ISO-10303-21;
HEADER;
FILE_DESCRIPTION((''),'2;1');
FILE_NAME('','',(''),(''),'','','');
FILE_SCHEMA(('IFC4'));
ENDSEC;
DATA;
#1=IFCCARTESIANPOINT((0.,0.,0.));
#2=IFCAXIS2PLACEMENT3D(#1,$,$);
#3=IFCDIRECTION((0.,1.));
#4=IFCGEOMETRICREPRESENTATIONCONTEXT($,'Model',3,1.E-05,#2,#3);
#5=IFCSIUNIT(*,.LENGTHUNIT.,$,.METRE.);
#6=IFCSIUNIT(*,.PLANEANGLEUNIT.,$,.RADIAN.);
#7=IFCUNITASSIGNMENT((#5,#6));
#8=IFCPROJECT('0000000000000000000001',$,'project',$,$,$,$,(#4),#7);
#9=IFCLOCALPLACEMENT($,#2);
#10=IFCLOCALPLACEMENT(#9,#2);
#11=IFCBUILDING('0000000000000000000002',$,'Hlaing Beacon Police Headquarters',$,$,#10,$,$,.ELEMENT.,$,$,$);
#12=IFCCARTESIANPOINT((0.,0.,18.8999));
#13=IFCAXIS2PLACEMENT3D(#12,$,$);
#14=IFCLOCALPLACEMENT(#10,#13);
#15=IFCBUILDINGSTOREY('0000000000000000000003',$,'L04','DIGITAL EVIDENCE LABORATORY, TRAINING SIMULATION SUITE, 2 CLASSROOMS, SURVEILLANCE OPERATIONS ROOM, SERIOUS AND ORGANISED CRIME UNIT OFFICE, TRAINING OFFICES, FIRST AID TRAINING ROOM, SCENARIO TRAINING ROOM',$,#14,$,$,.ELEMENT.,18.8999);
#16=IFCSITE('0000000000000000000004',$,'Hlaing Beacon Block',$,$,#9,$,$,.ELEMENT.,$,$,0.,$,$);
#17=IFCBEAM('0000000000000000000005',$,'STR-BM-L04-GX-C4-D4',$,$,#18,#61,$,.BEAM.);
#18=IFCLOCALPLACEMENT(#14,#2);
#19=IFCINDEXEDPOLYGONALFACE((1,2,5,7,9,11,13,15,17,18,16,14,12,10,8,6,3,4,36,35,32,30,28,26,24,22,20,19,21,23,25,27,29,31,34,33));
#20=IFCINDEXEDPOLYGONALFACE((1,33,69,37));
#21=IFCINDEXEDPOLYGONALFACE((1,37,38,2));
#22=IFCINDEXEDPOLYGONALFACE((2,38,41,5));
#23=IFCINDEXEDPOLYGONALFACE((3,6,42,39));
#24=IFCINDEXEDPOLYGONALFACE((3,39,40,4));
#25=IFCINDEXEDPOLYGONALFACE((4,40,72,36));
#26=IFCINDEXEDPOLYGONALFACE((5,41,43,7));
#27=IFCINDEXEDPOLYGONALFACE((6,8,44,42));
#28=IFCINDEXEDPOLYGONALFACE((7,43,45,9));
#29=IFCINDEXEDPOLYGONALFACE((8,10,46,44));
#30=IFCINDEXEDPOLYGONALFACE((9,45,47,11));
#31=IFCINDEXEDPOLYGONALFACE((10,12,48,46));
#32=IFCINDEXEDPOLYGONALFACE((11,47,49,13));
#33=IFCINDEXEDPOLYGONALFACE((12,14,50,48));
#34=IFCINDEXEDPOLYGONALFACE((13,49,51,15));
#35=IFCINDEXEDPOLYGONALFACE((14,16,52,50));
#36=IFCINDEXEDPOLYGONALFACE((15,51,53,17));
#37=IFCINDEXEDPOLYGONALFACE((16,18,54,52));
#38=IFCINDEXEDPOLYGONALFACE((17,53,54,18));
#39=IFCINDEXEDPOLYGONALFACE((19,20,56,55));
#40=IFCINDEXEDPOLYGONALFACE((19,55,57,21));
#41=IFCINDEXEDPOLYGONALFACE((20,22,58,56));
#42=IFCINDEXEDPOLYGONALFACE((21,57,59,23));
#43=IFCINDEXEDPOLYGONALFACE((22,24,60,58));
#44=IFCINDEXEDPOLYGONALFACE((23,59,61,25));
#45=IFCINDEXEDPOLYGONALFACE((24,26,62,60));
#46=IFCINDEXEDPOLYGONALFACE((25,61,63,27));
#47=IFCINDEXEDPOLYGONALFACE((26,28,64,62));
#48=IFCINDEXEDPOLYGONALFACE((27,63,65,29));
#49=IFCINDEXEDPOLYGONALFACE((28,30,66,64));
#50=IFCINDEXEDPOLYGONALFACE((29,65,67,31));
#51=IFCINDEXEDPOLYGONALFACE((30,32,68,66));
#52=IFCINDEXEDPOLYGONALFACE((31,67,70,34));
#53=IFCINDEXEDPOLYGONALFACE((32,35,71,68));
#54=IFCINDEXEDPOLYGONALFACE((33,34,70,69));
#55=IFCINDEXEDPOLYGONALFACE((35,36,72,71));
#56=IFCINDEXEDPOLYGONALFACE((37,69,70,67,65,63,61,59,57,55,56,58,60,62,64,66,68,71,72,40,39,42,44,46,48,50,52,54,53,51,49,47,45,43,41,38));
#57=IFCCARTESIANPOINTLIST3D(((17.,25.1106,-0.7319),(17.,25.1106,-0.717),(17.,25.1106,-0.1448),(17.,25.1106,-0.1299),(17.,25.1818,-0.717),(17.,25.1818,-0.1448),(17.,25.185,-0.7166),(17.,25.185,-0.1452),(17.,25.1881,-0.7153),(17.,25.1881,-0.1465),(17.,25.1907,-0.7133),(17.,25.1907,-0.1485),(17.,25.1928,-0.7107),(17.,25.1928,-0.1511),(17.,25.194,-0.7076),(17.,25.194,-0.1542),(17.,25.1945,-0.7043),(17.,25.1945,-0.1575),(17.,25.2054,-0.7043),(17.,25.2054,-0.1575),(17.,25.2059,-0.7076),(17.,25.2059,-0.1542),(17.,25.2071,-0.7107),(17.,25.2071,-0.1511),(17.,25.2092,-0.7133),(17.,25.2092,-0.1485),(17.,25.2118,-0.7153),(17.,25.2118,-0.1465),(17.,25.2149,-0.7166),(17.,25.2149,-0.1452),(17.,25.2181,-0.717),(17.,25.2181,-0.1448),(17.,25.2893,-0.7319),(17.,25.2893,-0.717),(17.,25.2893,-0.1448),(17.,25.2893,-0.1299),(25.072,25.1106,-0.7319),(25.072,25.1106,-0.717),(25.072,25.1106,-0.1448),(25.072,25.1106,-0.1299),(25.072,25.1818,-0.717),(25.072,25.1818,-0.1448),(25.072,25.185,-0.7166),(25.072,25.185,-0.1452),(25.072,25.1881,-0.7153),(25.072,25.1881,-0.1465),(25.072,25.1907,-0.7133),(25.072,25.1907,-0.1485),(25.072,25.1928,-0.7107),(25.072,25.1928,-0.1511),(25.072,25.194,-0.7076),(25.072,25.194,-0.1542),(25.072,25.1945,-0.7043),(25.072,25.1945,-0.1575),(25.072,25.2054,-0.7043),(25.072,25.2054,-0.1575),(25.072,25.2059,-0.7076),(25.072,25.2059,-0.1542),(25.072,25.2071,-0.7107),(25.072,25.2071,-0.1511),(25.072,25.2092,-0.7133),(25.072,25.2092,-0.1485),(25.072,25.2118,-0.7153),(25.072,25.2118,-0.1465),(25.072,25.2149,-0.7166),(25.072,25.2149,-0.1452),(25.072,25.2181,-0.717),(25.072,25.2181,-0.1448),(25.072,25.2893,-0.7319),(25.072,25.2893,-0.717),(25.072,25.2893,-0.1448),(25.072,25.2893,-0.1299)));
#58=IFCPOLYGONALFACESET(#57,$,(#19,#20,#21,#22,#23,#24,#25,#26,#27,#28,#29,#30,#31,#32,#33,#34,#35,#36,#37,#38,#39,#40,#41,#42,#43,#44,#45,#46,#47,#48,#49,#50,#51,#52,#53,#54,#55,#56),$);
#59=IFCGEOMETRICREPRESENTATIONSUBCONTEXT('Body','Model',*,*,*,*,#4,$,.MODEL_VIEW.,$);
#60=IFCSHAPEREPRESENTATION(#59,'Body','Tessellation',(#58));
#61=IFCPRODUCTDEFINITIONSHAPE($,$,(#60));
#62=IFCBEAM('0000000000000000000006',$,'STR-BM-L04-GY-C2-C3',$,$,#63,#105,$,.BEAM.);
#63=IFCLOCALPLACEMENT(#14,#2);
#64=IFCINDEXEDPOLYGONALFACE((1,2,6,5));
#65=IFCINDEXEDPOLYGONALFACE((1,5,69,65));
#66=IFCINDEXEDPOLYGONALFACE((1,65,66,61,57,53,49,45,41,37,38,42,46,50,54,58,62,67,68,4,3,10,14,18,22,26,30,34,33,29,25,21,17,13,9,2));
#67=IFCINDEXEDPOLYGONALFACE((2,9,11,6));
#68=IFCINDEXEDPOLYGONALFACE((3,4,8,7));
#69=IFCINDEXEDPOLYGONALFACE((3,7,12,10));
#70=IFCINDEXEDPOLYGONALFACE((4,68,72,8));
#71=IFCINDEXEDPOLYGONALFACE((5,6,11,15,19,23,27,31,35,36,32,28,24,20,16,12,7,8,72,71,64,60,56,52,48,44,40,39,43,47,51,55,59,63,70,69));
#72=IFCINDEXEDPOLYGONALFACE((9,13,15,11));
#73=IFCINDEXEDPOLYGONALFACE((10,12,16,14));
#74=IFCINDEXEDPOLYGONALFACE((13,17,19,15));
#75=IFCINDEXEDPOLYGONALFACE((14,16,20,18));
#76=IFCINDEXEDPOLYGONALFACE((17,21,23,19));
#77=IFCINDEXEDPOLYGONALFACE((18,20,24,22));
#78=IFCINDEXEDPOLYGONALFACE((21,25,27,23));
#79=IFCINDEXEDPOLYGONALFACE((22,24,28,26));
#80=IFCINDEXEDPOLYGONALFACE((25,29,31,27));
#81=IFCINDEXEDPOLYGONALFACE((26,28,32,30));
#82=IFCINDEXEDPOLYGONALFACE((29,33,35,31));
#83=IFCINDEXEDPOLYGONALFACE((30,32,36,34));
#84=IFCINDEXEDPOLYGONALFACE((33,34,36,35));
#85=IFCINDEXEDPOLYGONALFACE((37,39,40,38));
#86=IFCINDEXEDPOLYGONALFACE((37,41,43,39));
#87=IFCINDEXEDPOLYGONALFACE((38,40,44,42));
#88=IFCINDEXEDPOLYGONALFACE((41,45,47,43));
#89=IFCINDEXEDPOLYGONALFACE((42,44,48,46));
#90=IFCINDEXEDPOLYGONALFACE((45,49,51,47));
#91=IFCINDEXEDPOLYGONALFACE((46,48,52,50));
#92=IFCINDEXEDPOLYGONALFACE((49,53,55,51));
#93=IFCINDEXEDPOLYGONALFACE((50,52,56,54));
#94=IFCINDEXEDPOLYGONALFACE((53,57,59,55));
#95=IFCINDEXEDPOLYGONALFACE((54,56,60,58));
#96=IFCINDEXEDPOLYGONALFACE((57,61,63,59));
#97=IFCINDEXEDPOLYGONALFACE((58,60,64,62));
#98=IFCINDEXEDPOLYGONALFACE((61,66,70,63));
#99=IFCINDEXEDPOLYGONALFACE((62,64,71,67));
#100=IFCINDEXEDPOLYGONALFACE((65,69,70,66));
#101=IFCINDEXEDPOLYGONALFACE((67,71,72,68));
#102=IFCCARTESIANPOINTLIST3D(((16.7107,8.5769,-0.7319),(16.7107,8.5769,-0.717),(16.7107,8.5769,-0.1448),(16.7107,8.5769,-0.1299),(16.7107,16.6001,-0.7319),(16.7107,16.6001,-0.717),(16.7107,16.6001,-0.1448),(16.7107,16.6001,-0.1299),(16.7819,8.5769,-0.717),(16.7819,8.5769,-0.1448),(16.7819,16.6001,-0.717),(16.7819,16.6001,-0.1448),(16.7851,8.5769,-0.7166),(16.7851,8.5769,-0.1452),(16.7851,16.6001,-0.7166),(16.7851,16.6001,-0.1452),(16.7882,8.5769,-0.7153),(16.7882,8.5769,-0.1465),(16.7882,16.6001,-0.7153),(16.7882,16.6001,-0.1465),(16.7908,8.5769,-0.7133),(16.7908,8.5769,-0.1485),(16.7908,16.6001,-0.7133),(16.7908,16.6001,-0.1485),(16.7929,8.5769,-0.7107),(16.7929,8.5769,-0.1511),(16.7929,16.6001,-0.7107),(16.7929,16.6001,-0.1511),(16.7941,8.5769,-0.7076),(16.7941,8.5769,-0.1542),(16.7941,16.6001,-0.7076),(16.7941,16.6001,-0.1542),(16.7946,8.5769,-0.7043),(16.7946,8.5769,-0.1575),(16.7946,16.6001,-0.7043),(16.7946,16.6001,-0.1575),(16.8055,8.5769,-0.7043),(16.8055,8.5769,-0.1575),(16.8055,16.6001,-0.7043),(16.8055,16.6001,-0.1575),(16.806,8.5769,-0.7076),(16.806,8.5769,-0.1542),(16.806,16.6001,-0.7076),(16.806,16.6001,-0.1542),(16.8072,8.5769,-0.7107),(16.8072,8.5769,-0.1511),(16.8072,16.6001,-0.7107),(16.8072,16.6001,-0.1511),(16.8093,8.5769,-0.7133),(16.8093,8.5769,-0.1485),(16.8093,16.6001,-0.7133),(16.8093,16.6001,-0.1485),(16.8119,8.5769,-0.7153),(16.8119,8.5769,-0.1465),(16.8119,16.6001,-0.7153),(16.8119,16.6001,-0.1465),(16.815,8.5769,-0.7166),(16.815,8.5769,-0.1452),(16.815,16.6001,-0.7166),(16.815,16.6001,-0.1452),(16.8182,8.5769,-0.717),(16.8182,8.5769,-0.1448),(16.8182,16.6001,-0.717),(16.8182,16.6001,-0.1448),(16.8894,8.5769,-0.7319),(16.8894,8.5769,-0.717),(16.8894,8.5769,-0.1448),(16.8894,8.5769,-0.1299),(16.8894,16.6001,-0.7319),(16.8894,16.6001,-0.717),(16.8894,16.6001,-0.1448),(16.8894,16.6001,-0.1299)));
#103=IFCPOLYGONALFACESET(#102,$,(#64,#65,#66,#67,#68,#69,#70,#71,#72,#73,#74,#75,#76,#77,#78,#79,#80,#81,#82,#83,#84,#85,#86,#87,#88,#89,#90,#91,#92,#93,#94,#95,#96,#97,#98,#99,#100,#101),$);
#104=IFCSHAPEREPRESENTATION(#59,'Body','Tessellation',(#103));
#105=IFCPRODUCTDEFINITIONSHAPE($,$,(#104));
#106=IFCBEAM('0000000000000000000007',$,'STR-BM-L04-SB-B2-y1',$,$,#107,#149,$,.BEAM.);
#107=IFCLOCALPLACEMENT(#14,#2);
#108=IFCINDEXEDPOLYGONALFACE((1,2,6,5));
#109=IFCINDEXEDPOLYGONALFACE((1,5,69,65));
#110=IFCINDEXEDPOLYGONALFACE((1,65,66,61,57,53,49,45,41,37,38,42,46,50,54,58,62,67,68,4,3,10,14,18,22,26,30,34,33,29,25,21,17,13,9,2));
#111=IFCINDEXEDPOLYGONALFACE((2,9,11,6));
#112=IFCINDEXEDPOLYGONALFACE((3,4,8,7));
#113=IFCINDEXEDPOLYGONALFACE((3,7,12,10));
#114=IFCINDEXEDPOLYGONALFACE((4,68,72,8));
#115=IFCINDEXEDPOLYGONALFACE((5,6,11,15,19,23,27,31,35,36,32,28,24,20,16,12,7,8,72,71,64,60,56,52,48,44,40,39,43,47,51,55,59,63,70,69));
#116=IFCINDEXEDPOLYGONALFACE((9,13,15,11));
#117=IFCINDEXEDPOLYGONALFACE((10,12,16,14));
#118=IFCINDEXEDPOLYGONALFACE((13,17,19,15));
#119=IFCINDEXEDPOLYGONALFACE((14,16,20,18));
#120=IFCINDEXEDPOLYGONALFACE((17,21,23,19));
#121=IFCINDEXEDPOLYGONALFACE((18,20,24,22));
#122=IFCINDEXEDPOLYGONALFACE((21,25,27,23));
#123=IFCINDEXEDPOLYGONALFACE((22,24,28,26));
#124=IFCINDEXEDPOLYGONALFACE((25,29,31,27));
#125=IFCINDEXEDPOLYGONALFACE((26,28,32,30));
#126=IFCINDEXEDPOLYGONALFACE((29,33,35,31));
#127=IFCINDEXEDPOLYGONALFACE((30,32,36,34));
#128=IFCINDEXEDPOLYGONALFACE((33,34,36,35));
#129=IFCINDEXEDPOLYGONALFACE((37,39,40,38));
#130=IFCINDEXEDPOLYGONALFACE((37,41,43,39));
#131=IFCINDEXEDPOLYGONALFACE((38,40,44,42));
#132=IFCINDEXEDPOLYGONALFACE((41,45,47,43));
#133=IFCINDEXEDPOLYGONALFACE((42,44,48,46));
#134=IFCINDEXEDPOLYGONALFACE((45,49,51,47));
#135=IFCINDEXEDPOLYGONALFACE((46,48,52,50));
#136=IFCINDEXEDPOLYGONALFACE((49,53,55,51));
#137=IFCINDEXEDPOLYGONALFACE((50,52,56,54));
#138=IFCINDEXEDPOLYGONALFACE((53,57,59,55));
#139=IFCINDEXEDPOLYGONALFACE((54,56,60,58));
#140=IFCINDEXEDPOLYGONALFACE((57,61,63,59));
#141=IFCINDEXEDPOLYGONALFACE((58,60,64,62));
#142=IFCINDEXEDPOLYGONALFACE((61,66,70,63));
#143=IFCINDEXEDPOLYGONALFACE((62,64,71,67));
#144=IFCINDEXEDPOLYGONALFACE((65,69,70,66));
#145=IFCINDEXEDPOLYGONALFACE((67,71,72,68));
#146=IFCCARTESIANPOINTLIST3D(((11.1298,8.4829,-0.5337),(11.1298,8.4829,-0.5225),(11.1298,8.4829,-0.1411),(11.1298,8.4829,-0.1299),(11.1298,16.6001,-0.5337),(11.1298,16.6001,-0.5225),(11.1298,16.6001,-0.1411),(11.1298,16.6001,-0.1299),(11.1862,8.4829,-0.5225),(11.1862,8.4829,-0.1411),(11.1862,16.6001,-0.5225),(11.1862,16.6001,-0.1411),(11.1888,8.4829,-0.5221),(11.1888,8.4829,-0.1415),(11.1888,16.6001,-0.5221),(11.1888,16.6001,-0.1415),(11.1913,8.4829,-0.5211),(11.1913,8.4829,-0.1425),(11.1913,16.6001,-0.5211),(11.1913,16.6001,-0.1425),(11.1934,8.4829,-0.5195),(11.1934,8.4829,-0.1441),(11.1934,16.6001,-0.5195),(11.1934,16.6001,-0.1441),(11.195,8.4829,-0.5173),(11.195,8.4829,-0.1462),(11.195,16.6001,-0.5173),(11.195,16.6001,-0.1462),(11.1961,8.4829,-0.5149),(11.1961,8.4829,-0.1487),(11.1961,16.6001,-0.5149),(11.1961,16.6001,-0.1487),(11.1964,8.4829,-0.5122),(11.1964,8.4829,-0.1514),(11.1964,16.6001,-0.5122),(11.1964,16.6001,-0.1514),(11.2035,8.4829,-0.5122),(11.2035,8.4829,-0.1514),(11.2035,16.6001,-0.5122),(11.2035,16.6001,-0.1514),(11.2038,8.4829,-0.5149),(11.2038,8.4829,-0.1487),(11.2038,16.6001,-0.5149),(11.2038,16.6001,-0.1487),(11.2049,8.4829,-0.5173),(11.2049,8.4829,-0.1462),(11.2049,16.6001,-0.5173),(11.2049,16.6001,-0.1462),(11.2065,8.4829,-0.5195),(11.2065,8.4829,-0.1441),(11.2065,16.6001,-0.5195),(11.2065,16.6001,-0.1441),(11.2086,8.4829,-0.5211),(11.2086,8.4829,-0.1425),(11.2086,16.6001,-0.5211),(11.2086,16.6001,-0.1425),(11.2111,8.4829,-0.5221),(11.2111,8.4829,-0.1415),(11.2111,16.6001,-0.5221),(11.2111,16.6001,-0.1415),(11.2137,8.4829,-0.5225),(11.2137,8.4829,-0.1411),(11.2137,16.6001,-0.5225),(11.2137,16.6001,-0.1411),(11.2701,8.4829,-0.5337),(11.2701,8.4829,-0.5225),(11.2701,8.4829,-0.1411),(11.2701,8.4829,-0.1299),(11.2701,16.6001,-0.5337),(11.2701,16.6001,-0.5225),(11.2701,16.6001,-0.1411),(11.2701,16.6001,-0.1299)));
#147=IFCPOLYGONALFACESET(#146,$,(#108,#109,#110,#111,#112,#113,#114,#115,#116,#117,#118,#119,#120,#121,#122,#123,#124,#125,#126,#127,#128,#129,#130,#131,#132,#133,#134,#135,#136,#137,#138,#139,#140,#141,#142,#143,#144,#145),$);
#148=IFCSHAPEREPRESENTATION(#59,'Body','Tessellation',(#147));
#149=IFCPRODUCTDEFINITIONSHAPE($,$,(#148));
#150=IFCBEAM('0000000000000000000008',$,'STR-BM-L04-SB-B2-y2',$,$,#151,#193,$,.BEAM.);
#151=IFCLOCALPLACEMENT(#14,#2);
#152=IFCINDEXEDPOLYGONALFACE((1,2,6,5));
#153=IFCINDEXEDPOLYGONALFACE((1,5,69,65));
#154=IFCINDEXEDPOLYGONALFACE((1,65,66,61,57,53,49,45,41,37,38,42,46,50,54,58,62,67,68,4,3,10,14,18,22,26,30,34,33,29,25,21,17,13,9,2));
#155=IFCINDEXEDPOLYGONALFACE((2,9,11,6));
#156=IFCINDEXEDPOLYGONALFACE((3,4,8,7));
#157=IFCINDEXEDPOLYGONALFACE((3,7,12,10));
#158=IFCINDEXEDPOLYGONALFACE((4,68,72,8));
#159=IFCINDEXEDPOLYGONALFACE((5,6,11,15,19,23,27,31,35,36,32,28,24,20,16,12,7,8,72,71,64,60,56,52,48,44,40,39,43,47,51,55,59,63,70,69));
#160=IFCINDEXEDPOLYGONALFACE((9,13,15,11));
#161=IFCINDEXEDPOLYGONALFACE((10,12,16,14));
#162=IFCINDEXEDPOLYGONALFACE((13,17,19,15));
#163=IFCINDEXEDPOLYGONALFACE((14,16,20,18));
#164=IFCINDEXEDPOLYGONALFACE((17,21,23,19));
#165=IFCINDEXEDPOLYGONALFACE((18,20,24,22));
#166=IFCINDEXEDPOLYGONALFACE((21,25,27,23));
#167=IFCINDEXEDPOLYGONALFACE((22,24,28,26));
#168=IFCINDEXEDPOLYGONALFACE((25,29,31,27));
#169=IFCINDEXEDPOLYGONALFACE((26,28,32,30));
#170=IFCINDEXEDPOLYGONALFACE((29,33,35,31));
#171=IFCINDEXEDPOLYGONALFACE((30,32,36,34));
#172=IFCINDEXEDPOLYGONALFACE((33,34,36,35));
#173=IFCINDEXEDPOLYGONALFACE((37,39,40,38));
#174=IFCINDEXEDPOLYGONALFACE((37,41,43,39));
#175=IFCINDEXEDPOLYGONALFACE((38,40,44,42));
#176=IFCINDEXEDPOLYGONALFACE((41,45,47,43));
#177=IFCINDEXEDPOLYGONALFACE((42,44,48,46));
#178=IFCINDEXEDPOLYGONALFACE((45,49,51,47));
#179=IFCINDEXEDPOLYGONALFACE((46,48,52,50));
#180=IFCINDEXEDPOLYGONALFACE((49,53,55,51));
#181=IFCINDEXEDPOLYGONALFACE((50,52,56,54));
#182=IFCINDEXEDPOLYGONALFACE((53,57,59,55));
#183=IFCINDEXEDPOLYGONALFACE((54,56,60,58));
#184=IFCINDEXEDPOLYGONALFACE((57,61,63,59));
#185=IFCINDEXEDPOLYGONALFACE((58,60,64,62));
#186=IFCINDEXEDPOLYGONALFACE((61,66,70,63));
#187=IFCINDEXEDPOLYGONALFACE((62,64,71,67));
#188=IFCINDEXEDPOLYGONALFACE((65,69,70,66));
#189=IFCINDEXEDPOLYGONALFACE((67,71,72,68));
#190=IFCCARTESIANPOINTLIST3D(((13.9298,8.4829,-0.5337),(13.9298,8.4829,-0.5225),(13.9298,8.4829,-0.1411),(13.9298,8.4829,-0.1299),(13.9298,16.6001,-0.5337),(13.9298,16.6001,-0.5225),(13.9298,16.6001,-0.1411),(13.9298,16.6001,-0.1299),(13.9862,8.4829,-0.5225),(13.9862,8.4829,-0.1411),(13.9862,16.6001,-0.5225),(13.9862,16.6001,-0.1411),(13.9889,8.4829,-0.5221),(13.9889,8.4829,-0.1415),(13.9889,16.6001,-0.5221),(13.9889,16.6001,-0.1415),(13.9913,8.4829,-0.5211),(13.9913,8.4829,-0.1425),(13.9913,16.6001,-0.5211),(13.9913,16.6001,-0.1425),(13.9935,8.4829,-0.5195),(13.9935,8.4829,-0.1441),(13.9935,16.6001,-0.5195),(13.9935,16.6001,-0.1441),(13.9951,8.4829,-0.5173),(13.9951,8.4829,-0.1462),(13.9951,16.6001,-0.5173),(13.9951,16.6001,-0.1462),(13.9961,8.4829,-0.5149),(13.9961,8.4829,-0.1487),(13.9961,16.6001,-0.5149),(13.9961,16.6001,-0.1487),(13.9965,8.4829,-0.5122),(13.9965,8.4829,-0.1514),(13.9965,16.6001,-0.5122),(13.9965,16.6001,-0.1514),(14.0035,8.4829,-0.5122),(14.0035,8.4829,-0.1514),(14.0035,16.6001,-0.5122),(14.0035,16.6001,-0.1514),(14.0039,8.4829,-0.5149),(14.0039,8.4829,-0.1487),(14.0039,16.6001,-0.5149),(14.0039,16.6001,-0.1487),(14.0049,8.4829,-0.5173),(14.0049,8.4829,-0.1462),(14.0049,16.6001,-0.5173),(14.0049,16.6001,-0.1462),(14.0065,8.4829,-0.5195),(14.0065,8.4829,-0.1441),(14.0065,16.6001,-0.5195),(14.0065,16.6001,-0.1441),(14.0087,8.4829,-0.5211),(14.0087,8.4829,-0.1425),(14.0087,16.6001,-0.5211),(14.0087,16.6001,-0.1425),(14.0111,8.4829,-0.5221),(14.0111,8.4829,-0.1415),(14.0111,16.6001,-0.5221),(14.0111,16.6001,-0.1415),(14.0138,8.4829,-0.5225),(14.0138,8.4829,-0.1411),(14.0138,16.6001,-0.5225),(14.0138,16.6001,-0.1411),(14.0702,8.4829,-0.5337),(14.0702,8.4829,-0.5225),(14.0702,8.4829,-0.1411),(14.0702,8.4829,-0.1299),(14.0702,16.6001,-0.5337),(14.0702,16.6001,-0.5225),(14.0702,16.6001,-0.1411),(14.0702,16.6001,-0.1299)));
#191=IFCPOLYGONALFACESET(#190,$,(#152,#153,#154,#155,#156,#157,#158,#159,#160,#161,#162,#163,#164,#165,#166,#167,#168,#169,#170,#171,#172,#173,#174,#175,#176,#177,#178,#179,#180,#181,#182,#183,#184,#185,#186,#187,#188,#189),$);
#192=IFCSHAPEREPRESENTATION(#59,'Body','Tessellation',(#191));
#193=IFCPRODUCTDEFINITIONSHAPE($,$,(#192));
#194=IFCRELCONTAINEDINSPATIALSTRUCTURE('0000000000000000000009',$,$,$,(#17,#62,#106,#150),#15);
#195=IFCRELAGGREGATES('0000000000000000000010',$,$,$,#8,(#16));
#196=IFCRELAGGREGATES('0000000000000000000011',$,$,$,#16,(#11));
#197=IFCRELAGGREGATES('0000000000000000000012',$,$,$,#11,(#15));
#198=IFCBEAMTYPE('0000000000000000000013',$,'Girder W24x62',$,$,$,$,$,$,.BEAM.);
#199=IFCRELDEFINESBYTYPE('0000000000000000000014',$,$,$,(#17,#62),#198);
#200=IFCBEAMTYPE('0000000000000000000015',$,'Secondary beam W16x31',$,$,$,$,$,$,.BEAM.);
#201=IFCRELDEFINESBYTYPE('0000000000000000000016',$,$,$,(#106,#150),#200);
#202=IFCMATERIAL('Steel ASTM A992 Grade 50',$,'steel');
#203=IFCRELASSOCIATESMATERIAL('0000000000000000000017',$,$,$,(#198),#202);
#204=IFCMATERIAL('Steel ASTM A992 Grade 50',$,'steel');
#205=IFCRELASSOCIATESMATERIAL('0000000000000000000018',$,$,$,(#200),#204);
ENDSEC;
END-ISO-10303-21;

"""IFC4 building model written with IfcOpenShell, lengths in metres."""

from ifc_helpers import new_model, si_unit, direction, frame, origin, origin_2d, place, context, subcontext, project, spatial, i_section, extrude, material, material_profile, profile_set, type_object, element, save


model = new_model("IFC4")

# Units and contexts
model_context = context("Model", 3, precision=1e-05, world=origin(), true_north=direction((0.0, 1.0)))
body_context = subcontext(model_context, "Body", "Model", "MODEL_VIEW")
ifc_project = project(units=[si_unit("LENGTHUNIT", "METRE"), si_unit("PLANEANGLEUNIT", "RADIAN")], contexts=[model_context])

# Site, building, storey
site_placement = place(None, origin())
site = spatial("IfcSite", under=ifc_project, at=site_placement, Name="Hlaing Beacon Block", CompositionType="ELEMENT", RefElevation=0.0)
building_placement = place(site_placement, origin())
building = spatial("IfcBuilding", under=site, at=building_placement, Name="Hlaing Beacon Police Headquarters", CompositionType="ELEMENT")
storey_placement = place(building_placement, frame((0.0, 0.0, 18.8999)))
storey = spatial("IfcBuildingStorey", under=building, at=storey_placement, Name="L04", Description="DIGITAL EVIDENCE LABORATORY, TRAINING SIMULATION SUITE, 2 CLASSROOMS, SURVEILLANCE OPERATIONS ROOM, SERIOUS AND ORGANISED CRIME UNIT OFFICE, TRAINING OFFICES, FIRST AID TRAINING ROOM, SCENARIO TRAINING ROOM", CompositionType="ELEMENT", Elevation=18.8999)

# Beams
ifc_material_1 = material(Name="Steel ASTM A992 Grade 50", Category="steel")
ifc_material_profile_1 = material_profile(ifc_material_1, i_section(OverallWidth=0.1787, OverallDepth=0.6021, WebThickness=0.011, FlangeThickness=0.0149, FilletRadius=0.0127, at=origin_2d()), Name="W24x62")
ifc_profile_set_1 = profile_set([ifc_material_profile_1], Name="Steel ASTM A992 Grade 50")
beam_type_1 = type_object("IfcBeamType", Name="Girder W24x62", PredefinedType="BEAM", material=ifc_profile_set_1)
for number, where, z_axis, x_axis, name in (
    (1, (17.0, 25.2, -0.4309), (1.0, 0.0, 0.0), (0.0, 1.0, 0.0), "STR-BM-L04-GX-C4-D4"),
):
    element("IfcBeam", number, at=place(storey_placement, frame(where, z_axis=z_axis, x_axis=x_axis)), inside=storey, type_object=beam_type_1, Name=name, PredefinedType="BEAM", context=body_context, shape_type="SweptSolid", body=[
        extrude(i_section(OverallWidth=0.1787, OverallDepth=0.6021, WebThickness=0.011, FlangeThickness=0.0149, FilletRadius=0.0127, at=origin_2d()), origin(), (0.0, 0.0, 1.0), 8.072),
    ])
beam_1_placement = place(storey_placement, frame((16.8, 8.5769, -0.4309), z_axis=(0.0, 1.0, 0.0), x_axis=(-1.0, 0.0, 0.0)))
element("IfcBeam", 2, at=beam_1_placement, inside=storey, type_object=beam_type_1, Name="STR-BM-L04-GY-C2-C3", PredefinedType="BEAM", context=body_context, shape_type="SweptSolid", body=[
    extrude(i_section(OverallWidth=0.1787, OverallDepth=0.6021, WebThickness=0.011, FlangeThickness=0.0149, FilletRadius=0.0127, at=origin_2d()), origin(), (0.0, 0.0, 1.0), 8.0232),
])
ifc_material_2 = material(Name="Steel ASTM A992 Grade 50", Category="steel")
ifc_material_profile_2 = material_profile(ifc_material_2, i_section(OverallWidth=0.1404, OverallDepth=0.4038, WebThickness=0.0071, FlangeThickness=0.0112, FilletRadius=0.0103, at=origin_2d()), Name="W16x31")
ifc_profile_set_2 = profile_set([ifc_material_profile_2], Name="Steel ASTM A992 Grade 50")
beam_type_2 = type_object("IfcBeamType", Name="Secondary beam W16x31", PredefinedType="BEAM", material=ifc_profile_set_2)
for number, where, z_axis, x_axis, name in (
    (3, (11.2, 8.4829, -0.3318), (0.0, 1.0, 0.0), (-1.0, 0.0, 0.0), "STR-BM-L04-SB-B2-y1"),
    (4, (14.0, 8.4829, -0.3318), (0.0, 1.0, 0.0), (-1.0, 0.0, 0.0), "STR-BM-L04-SB-B2-y2"),
):
    element("IfcBeam", number, at=place(storey_placement, frame(where, z_axis=z_axis, x_axis=x_axis)), inside=storey, type_object=beam_type_2, Name=name, PredefinedType="BEAM", context=body_context, shape_type="SweptSolid", body=[
        extrude(i_section(OverallWidth=0.1404, OverallDepth=0.4038, WebThickness=0.0071, FlangeThickness=0.0112, FilletRadius=0.0103, at=origin_2d()), origin(), (0.0, 0.0, 1.0), 8.1172),
    ])

save(model, "model.ifc")
